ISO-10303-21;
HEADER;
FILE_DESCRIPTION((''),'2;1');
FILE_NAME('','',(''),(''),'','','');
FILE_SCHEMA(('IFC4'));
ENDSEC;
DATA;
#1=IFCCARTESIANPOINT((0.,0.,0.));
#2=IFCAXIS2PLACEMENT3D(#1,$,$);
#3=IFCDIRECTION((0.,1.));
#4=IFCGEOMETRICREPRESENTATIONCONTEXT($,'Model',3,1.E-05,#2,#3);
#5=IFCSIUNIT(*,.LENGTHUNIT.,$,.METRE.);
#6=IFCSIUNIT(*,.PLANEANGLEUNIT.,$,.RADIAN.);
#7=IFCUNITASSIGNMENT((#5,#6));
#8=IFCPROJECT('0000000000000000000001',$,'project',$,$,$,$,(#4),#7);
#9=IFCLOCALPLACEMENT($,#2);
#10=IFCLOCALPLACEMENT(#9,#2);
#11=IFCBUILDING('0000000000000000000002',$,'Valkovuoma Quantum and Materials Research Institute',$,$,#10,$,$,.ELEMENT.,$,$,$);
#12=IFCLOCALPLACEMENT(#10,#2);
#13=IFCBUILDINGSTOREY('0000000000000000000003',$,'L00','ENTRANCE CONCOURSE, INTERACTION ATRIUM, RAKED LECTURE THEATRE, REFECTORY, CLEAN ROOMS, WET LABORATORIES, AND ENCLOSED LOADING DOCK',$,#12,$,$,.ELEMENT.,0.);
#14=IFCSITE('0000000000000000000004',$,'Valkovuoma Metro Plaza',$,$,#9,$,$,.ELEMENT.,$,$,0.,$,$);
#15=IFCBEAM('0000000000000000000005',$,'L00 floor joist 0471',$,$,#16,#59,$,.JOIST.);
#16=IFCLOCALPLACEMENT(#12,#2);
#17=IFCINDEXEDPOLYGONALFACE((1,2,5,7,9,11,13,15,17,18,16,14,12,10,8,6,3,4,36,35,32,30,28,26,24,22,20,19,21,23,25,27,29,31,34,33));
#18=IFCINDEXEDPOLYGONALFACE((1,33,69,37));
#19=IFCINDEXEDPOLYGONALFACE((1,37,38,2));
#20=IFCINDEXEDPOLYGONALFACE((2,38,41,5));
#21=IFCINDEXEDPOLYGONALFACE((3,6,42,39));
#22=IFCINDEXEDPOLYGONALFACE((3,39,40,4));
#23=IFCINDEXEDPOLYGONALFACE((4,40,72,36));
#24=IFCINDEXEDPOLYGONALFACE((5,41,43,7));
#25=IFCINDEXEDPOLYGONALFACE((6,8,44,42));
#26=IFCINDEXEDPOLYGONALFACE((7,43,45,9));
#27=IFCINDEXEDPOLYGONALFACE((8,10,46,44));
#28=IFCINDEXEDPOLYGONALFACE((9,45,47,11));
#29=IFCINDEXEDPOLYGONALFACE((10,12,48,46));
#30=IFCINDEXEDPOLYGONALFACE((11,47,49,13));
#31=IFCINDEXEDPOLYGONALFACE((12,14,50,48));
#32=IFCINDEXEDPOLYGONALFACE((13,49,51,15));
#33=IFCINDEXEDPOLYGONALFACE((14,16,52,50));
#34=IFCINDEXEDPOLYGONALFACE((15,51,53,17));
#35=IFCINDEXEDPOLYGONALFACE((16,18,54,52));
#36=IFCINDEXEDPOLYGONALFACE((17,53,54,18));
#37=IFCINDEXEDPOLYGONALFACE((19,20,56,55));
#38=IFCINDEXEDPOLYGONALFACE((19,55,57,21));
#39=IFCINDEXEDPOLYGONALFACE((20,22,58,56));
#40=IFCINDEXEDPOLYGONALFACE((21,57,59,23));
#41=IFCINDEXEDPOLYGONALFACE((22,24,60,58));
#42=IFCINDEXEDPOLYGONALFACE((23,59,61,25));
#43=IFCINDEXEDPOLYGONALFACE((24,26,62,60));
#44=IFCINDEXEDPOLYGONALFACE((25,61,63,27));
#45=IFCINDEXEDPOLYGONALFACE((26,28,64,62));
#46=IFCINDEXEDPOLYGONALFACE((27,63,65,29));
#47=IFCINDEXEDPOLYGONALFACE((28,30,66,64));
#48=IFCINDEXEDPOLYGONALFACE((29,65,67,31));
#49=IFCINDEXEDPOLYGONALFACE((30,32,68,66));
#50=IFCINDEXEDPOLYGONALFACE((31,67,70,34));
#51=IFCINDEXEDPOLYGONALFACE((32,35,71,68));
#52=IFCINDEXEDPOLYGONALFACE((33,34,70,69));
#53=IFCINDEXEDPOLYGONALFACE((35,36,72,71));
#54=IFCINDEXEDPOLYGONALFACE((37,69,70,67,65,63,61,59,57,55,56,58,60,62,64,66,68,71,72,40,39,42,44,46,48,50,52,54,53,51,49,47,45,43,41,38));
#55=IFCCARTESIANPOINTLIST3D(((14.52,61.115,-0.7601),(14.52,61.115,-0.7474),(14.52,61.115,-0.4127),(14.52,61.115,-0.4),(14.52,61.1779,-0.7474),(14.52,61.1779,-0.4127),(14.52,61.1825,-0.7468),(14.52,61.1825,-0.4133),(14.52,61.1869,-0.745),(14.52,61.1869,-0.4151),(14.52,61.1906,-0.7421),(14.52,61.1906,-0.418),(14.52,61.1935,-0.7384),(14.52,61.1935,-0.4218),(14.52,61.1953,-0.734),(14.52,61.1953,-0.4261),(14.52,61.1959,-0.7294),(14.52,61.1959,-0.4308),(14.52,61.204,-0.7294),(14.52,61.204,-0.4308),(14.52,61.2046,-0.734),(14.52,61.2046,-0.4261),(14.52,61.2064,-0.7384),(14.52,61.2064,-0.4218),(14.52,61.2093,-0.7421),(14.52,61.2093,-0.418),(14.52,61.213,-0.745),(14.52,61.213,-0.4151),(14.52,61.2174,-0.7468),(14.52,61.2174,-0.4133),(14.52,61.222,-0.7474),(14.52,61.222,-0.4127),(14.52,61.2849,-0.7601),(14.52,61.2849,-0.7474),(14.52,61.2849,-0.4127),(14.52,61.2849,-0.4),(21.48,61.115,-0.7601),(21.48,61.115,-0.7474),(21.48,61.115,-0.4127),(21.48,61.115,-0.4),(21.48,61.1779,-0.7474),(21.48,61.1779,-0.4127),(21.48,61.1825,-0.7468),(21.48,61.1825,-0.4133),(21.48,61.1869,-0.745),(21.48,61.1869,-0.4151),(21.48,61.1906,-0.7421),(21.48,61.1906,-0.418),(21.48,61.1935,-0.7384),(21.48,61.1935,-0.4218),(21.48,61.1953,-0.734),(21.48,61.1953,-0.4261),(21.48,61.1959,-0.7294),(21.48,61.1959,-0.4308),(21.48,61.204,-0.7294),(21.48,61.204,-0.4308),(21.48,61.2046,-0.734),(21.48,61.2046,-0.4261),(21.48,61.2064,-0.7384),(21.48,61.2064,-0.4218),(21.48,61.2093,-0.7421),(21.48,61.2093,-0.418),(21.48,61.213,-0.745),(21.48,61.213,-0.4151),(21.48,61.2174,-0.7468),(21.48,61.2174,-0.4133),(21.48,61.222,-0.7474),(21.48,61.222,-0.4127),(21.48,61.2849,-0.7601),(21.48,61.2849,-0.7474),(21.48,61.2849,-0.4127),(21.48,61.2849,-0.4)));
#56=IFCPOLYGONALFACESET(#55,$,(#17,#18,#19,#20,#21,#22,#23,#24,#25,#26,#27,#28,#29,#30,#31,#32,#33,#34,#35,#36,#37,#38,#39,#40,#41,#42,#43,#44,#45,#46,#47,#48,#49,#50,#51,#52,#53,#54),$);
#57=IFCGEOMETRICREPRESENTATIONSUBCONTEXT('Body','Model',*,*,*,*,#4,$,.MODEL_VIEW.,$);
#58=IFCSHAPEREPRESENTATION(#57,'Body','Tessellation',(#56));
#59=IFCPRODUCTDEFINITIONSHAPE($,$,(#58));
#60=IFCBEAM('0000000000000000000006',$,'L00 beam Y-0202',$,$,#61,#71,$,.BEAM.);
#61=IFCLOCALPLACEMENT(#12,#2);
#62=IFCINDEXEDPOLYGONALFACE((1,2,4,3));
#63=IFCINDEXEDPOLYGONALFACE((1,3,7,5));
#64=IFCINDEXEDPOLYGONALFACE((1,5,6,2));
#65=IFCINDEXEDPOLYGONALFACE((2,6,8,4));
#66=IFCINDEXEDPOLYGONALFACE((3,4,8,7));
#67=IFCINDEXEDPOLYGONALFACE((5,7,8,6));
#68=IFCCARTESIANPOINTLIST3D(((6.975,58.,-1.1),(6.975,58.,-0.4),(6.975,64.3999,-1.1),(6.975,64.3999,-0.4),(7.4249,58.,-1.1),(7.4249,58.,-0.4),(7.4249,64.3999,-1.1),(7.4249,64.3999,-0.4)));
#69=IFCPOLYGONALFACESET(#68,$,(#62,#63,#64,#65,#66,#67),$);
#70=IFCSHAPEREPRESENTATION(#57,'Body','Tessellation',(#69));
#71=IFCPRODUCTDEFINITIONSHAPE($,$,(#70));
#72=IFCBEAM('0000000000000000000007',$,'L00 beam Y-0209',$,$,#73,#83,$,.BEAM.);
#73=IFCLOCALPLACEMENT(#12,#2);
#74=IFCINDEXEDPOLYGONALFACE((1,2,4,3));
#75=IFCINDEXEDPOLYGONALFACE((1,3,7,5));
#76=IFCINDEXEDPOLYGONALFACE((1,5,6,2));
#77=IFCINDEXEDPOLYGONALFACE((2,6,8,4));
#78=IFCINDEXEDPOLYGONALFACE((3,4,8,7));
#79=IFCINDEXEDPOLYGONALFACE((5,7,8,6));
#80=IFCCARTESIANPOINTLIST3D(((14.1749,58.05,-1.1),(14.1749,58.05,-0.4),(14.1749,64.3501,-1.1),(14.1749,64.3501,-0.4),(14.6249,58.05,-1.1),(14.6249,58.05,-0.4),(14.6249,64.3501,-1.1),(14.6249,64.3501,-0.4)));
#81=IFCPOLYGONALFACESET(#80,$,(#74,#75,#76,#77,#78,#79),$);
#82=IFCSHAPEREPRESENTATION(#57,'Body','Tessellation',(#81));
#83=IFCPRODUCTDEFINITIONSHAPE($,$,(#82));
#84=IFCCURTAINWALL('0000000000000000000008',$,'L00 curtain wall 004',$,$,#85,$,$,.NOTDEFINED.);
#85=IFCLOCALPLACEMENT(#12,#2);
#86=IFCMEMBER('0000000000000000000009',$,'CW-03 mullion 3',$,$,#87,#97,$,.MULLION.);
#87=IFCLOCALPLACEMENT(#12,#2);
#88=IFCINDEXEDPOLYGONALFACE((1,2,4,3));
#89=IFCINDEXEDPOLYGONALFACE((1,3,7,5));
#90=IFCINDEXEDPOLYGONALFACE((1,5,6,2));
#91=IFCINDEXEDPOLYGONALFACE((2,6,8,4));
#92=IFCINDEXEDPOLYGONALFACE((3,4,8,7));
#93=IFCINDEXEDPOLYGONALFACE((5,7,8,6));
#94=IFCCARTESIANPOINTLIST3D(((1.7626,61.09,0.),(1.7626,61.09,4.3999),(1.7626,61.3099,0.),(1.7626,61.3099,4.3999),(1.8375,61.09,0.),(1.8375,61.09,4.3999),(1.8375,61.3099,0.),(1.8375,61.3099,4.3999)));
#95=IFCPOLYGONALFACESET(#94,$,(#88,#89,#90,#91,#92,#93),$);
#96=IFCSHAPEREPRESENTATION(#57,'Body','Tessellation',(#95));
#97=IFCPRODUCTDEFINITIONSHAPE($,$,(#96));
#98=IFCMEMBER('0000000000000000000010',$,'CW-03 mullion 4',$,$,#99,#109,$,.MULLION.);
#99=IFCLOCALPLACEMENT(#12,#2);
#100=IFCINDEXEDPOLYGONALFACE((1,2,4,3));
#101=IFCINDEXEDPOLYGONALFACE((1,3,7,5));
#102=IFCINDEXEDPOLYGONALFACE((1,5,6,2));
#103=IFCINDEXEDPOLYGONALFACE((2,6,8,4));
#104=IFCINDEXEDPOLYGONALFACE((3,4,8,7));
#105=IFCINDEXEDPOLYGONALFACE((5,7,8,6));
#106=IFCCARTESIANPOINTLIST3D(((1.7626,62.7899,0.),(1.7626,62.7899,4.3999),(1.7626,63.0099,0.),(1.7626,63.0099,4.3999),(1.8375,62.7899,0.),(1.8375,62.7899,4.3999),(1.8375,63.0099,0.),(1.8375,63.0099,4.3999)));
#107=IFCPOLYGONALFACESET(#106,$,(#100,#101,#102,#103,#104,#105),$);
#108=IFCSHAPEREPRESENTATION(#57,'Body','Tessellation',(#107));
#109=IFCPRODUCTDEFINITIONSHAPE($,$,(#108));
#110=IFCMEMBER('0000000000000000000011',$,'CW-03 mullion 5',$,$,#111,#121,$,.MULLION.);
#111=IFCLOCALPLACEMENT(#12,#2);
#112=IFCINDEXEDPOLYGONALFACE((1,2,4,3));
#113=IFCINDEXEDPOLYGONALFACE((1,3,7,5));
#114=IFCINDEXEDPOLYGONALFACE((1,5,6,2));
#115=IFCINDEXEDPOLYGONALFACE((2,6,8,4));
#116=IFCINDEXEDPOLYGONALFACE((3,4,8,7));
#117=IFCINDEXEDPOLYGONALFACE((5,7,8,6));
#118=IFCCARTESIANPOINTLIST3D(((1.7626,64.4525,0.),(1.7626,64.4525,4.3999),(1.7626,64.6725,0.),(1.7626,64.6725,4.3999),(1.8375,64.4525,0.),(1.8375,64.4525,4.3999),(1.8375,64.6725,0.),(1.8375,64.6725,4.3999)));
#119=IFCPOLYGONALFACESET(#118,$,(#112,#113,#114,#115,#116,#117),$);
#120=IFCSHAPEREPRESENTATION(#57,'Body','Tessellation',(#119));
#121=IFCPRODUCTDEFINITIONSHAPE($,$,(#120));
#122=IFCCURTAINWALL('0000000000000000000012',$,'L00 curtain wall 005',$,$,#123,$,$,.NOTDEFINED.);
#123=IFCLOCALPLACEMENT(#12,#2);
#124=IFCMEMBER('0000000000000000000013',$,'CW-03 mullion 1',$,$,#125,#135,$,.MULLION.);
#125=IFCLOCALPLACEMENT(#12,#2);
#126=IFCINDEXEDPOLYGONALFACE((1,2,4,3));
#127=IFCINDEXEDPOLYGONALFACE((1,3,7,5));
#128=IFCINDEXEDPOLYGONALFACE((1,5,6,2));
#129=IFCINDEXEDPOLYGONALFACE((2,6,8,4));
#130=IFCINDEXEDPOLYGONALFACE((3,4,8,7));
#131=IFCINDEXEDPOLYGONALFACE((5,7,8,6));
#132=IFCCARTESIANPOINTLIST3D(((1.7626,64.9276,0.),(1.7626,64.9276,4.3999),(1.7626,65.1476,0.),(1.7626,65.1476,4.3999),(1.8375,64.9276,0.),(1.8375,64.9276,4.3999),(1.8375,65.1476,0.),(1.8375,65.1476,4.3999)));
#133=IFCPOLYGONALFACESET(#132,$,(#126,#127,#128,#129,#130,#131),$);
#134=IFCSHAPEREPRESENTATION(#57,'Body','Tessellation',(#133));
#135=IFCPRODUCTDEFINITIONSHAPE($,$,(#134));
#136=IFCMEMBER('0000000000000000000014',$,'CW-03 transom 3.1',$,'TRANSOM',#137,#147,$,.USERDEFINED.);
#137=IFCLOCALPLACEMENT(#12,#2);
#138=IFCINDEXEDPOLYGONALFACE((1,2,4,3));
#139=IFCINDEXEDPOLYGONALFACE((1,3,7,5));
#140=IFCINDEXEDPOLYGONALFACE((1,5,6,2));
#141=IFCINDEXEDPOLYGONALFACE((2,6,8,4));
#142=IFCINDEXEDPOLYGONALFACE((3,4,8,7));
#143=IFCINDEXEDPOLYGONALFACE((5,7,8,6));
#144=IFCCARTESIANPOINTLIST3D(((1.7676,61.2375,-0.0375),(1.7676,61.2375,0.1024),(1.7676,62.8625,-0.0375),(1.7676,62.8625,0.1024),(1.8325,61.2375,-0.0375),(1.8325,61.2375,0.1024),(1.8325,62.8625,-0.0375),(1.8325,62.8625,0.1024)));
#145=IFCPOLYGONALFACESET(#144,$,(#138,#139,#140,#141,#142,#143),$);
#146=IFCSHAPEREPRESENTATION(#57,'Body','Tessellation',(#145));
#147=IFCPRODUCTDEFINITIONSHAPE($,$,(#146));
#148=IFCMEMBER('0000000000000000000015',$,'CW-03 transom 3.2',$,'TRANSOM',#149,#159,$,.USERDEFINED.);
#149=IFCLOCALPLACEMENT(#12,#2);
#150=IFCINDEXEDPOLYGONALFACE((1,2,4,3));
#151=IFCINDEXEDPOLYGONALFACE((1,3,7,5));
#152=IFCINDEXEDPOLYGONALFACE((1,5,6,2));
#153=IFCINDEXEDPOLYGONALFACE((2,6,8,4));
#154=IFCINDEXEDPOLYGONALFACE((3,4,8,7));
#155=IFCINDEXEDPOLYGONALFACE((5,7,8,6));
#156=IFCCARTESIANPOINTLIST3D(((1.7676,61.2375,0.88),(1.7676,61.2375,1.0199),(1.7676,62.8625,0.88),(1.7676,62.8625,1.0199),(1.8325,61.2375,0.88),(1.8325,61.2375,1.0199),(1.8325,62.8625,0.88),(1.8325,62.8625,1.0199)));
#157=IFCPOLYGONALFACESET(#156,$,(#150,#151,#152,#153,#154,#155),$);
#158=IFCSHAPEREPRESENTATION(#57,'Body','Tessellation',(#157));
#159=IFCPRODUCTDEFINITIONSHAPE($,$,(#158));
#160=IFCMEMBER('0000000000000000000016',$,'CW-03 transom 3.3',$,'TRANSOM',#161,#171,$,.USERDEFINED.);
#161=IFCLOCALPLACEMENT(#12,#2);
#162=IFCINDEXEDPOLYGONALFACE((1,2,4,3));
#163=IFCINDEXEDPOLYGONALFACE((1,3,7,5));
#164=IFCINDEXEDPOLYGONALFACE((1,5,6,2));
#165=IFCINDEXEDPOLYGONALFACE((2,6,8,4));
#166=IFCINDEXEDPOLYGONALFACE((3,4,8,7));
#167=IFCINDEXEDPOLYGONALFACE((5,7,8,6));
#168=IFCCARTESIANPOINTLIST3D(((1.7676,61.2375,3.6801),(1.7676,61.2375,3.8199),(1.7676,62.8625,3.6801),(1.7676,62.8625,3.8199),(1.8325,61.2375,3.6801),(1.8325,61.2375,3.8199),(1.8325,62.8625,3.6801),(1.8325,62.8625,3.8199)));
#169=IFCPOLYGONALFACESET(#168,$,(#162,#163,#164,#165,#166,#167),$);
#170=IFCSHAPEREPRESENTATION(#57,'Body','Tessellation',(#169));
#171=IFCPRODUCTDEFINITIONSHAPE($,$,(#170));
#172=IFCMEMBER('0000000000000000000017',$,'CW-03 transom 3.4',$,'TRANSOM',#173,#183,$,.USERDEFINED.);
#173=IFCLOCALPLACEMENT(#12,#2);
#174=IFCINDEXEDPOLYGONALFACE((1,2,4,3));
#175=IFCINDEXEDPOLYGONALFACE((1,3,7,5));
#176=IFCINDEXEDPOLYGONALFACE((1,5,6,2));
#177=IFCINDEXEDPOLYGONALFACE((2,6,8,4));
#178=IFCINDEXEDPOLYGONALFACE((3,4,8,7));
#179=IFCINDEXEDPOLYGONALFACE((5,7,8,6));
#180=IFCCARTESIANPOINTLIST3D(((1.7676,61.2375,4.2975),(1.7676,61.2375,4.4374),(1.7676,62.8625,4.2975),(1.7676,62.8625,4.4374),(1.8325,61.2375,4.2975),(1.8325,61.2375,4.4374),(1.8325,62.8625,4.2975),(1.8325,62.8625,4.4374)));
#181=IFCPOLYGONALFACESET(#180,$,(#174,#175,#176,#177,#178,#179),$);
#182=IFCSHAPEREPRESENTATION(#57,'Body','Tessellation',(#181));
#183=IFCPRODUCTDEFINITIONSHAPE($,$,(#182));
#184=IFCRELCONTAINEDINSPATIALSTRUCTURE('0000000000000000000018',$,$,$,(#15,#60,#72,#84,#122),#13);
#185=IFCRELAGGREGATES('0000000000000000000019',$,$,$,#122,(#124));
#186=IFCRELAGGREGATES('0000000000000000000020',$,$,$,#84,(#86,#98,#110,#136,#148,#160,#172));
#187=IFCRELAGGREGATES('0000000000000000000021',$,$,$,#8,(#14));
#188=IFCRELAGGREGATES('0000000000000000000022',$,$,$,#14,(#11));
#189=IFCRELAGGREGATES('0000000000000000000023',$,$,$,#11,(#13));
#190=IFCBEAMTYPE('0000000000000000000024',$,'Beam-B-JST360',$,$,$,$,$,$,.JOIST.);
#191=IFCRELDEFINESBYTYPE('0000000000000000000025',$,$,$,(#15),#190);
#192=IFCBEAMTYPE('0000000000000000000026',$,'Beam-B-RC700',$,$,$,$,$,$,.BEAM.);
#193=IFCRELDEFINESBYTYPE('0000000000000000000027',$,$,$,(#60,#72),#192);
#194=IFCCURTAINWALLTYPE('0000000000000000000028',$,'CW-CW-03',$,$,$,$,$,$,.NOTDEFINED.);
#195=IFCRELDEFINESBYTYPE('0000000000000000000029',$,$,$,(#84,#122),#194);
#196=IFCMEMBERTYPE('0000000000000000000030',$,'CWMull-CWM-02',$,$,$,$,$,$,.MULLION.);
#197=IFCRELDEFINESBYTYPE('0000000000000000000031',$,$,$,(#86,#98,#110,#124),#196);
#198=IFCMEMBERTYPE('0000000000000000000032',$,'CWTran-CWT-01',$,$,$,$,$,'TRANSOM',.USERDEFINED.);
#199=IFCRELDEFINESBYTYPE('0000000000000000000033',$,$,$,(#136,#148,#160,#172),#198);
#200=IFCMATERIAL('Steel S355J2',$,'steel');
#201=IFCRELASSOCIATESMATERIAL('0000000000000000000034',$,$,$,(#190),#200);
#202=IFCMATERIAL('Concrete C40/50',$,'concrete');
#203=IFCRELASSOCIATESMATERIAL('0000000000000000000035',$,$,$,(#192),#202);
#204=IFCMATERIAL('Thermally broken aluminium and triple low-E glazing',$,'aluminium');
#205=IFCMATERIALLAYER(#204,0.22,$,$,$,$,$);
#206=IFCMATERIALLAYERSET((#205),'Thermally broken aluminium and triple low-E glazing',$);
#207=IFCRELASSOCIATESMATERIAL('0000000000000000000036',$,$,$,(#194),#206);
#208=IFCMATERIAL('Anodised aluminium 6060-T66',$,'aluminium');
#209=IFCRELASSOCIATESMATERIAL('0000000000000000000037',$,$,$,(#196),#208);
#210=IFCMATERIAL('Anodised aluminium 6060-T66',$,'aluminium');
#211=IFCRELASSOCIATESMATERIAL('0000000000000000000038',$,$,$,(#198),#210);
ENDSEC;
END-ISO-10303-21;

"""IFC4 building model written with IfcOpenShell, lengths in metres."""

from ifc_helpers import new_model, si_unit, direction, frame, origin, origin_2d, place, context, subcontext, project, spatial, rectangle, i_section, extrude, material, layer, layer_set, material_profile, profile_set, type_object, element, aggregate, save


model = new_model("IFC4")

# Units and contexts
model_context = context("Model", 3, precision=1e-05, world=origin(), true_north=direction((0.0, 1.0)))
body_context = subcontext(model_context, "Body", "Model", "MODEL_VIEW")
ifc_project = project(units=[si_unit("LENGTHUNIT", "METRE"), si_unit("PLANEANGLEUNIT", "RADIAN")], contexts=[model_context])

# Site, building, storey
site_placement = place(None, origin())
site = spatial("IfcSite", under=ifc_project, at=site_placement, Name="Valkovuoma Metro Plaza", CompositionType="ELEMENT", RefElevation=0.0)
building_placement = place(site_placement, origin())
building = spatial("IfcBuilding", under=site, at=building_placement, Name="Valkovuoma Quantum and Materials Research Institute", CompositionType="ELEMENT")
storey_placement = place(building_placement, origin())
storey = spatial("IfcBuildingStorey", under=building, at=storey_placement, Name="L00", Description="ENTRANCE CONCOURSE, INTERACTION ATRIUM, RAKED LECTURE THEATRE, REFECTORY, CLEAN ROOMS, WET LABORATORIES, AND ENCLOSED LOADING DOCK", CompositionType="ELEMENT", Elevation=0.0)

# Beams
ifc_material_1 = material(Name="Steel S355J2", Category="steel")
ifc_material_profile_1 = material_profile(ifc_material_1, i_section(OverallWidth=0.1699, OverallDepth=0.3601, WebThickness=0.0081, FlangeThickness=0.0127, FilletRadius=0.0181, at=origin_2d()), Name="Steel S355J2")
ifc_profile_set_1 = profile_set([ifc_material_profile_1], Name="Steel S355J2")
beam_type_1 = type_object("IfcBeamType", Name="Beam-B-JST360", PredefinedType="JOIST", material=ifc_profile_set_1)
beam_1_placement = place(storey_placement, frame((14.52, 61.2, -0.5801), z_axis=(1.0, 0.0, 0.0), x_axis=(0.0, 1.0, 0.0)))
element("IfcBeam", 1, at=beam_1_placement, inside=storey, type_object=beam_type_1, Name="L00 floor joist 0471", PredefinedType="JOIST", context=body_context, shape_type="SweptSolid", body=[
    extrude(i_section(OverallWidth=0.1699, OverallDepth=0.3601, WebThickness=0.0081, FlangeThickness=0.0127, FilletRadius=0.0181, at=origin_2d()), origin(), (0.0, 0.0, 1.0), 6.96),
])
ifc_material_2 = material(Name="Concrete C40/50", Category="concrete")
ifc_material_profile_2 = material_profile(ifc_material_2, rectangle(XDim=0.45, YDim=0.7, at=origin_2d()), Name="Concrete C40/50")
ifc_profile_set_2 = profile_set([ifc_material_profile_2], Name="Concrete C40/50")
beam_type_2 = type_object("IfcBeamType", Name="Beam-B-RC700", PredefinedType="BEAM", material=ifc_profile_set_2)
beam_2_placement = place(storey_placement, frame((7.2, 58.0, -0.75), z_axis=(0.0, 1.0, 0.0), x_axis=(-1.0, 0.0, 0.0)))
element("IfcBeam", 2, at=beam_2_placement, inside=storey, type_object=beam_type_2, Name="L00 beam Y-0202", PredefinedType="BEAM", context=body_context, shape_type="SweptSolid", body=[
    extrude(rectangle(XDim=0.45, YDim=0.7, at=origin_2d()), origin(), (0.0, 0.0, 1.0), 6.3999),
])
beam_3_placement = place(storey_placement, frame((14.3999, 58.05, -0.75), z_axis=(0.0, 1.0, 0.0), x_axis=(-1.0, 0.0, 0.0)))
element("IfcBeam", 3, at=beam_3_placement, inside=storey, type_object=beam_type_2, Name="L00 beam Y-0209", PredefinedType="BEAM", context=body_context, shape_type="SweptSolid", body=[
    extrude(rectangle(XDim=0.45, YDim=0.7, at=origin_2d()), origin(), (0.0, 0.0, 1.0), 6.3),
])

# Curtain wall, members
ifc_material_3 = material(Name="Thermally broken aluminium and triple low-E glazing", Category="aluminium")
ifc_layer_1 = layer(ifc_material_3, 0.22)
ifc_layer_set_1 = layer_set([ifc_layer_1], Name="Thermally broken aluminium and triple low-E glazing")
curtain_wall_type = type_object("IfcCurtainWallType", Name="CW-CW-03", PredefinedType="NOTDEFINED", material=ifc_layer_set_1)
curtain_wall_1_placement = place(storey_placement, origin())
curtain_wall_1 = element("IfcCurtainWall", 4, at=curtain_wall_1_placement, inside=storey, type_object=curtain_wall_type, Name="L00 curtain wall 004", PredefinedType="NOTDEFINED")
ifc_material_4 = material(Name="Anodised aluminium 6060-T66", Category="aluminium")
ifc_material_profile_3 = material_profile(ifc_material_4, rectangle(XDim=0.075, YDim=0.22, at=origin_2d()), Name="Anodised aluminium 6060-T66")
ifc_profile_set_3 = profile_set([ifc_material_profile_3], Name="Anodised aluminium 6060-T66")
member_type_1 = type_object("IfcMemberType", Name="CWMull-CWM-02", PredefinedType="MULLION", material=ifc_profile_set_3)
member_1_placement = place(storey_placement, frame((1.8, 61.2, 0.0), z_axis=(0.0, 0.0, 1.0), x_axis=(-1.0, 0.0, 0.0)))
member_1 = element("IfcMember", 5, at=member_1_placement, type_object=member_type_1, Name="CW-03 mullion 3", PredefinedType="MULLION", context=body_context, shape_type="SweptSolid", body=[
    extrude(rectangle(XDim=0.075, YDim=0.22, at=origin_2d()), origin(), (0.0, 0.0, 1.0), 4.3999),
])
member_2_placement = place(storey_placement, frame((1.8, 62.8999, 0.0), z_axis=(0.0, 0.0, 1.0), x_axis=(-1.0, 0.0, 0.0)))
member_2 = element("IfcMember", 6, at=member_2_placement, type_object=member_type_1, Name="CW-03 mullion 4", PredefinedType="MULLION", context=body_context, shape_type="SweptSolid", body=[
    extrude(rectangle(XDim=0.075, YDim=0.22, at=origin_2d()), origin(), (0.0, 0.0, 1.0), 4.3999),
])
member_3_placement = place(storey_placement, frame((1.8, 64.5625, 0.0), z_axis=(0.0, 0.0, 1.0), x_axis=(-1.0, 0.0, 0.0)))
member_3 = element("IfcMember", 7, at=member_3_placement, type_object=member_type_1, Name="CW-03 mullion 5", PredefinedType="MULLION", context=body_context, shape_type="SweptSolid", body=[
    extrude(rectangle(XDim=0.075, YDim=0.22, at=origin_2d()), origin(), (0.0, 0.0, 1.0), 4.3999),
])

# Curtain wall, member
curtain_wall_2_placement = place(storey_placement, origin())
curtain_wall_2 = element("IfcCurtainWall", 8, at=curtain_wall_2_placement, inside=storey, type_object=curtain_wall_type, Name="L00 curtain wall 005", PredefinedType="NOTDEFINED")
member_4_placement = place(storey_placement, frame((1.8, 65.0376, 0.0), z_axis=(0.0, 0.0, 1.0), x_axis=(-1.0, 0.0, 0.0)))
member_4 = element("IfcMember", 9, at=member_4_placement, type_object=member_type_1, Name="CW-03 mullion 1", PredefinedType="MULLION", context=body_context, shape_type="SweptSolid", body=[
    extrude(rectangle(XDim=0.075, YDim=0.22, at=origin_2d()), origin(), (0.0, 0.0, 1.0), 4.3999),
])
aggregate(curtain_wall_2, [member_4])

# Members
ifc_material_5 = material(Name="Anodised aluminium 6060-T66", Category="aluminium")
ifc_material_profile_4 = material_profile(ifc_material_5, rectangle(XDim=0.0649, YDim=0.1399, at=origin_2d()), Name="Anodised aluminium 6060-T66")
ifc_profile_set_4 = profile_set([ifc_material_profile_4], Name="Anodised aluminium 6060-T66")
member_type_2 = type_object("IfcMemberType", Name="CWTran-CWT-01", ElementType="TRANSOM", PredefinedType="USERDEFINED", material=ifc_profile_set_4)
member_5_placement = place(storey_placement, frame((1.8, 61.2375, 0.0325), z_axis=(0.0, 1.0, 0.0), x_axis=(-1.0, 0.0, 0.0)))
member_5 = element("IfcMember", 10, at=member_5_placement, type_object=member_type_2, Name="CW-03 transom 3.1", ObjectType="TRANSOM", PredefinedType="USERDEFINED", context=body_context, shape_type="SweptSolid", body=[
    extrude(rectangle(XDim=0.0649, YDim=0.1399, at=origin_2d()), origin(), (0.0, 0.0, 1.0), 1.625),
])
member_6_placement = place(storey_placement, frame((1.8, 61.2375, 0.95), z_axis=(0.0, 1.0, 0.0), x_axis=(-1.0, 0.0, 0.0)))
member_6 = element("IfcMember", 11, at=member_6_placement, type_object=member_type_2, Name="CW-03 transom 3.2", ObjectType="TRANSOM", PredefinedType="USERDEFINED", context=body_context, shape_type="SweptSolid", body=[
    extrude(rectangle(XDim=0.0649, YDim=0.1399, at=origin_2d()), origin(), (0.0, 0.0, 1.0), 1.625),
])
member_7_placement = place(storey_placement, frame((1.8, 61.2375, 3.75), z_axis=(0.0, 1.0, 0.0), x_axis=(-1.0, 0.0, 0.0)))
member_7 = element("IfcMember", 12, at=member_7_placement, type_object=member_type_2, Name="CW-03 transom 3.3", ObjectType="TRANSOM", PredefinedType="USERDEFINED", context=body_context, shape_type="SweptSolid", body=[
    extrude(rectangle(XDim=0.0649, YDim=0.1399, at=origin_2d()), origin(), (0.0, 0.0, 1.0), 1.625),
])
member_8_placement = place(storey_placement, frame((1.8, 61.2375, 4.3674), z_axis=(0.0, 1.0, 0.0), x_axis=(-1.0, 0.0, 0.0)))
member_8 = element("IfcMember", 13, at=member_8_placement, type_object=member_type_2, Name="CW-03 transom 3.4", ObjectType="TRANSOM", PredefinedType="USERDEFINED", context=body_context, shape_type="SweptSolid", body=[
    extrude(rectangle(XDim=0.0649, YDim=0.1399, at=origin_2d()), origin(), (0.0, 0.0, 1.0), 1.625),
])

aggregate(curtain_wall_1, [member_1, member_2, member_3, member_5, member_6, member_7, member_8])

save(model, "model.ifc")
